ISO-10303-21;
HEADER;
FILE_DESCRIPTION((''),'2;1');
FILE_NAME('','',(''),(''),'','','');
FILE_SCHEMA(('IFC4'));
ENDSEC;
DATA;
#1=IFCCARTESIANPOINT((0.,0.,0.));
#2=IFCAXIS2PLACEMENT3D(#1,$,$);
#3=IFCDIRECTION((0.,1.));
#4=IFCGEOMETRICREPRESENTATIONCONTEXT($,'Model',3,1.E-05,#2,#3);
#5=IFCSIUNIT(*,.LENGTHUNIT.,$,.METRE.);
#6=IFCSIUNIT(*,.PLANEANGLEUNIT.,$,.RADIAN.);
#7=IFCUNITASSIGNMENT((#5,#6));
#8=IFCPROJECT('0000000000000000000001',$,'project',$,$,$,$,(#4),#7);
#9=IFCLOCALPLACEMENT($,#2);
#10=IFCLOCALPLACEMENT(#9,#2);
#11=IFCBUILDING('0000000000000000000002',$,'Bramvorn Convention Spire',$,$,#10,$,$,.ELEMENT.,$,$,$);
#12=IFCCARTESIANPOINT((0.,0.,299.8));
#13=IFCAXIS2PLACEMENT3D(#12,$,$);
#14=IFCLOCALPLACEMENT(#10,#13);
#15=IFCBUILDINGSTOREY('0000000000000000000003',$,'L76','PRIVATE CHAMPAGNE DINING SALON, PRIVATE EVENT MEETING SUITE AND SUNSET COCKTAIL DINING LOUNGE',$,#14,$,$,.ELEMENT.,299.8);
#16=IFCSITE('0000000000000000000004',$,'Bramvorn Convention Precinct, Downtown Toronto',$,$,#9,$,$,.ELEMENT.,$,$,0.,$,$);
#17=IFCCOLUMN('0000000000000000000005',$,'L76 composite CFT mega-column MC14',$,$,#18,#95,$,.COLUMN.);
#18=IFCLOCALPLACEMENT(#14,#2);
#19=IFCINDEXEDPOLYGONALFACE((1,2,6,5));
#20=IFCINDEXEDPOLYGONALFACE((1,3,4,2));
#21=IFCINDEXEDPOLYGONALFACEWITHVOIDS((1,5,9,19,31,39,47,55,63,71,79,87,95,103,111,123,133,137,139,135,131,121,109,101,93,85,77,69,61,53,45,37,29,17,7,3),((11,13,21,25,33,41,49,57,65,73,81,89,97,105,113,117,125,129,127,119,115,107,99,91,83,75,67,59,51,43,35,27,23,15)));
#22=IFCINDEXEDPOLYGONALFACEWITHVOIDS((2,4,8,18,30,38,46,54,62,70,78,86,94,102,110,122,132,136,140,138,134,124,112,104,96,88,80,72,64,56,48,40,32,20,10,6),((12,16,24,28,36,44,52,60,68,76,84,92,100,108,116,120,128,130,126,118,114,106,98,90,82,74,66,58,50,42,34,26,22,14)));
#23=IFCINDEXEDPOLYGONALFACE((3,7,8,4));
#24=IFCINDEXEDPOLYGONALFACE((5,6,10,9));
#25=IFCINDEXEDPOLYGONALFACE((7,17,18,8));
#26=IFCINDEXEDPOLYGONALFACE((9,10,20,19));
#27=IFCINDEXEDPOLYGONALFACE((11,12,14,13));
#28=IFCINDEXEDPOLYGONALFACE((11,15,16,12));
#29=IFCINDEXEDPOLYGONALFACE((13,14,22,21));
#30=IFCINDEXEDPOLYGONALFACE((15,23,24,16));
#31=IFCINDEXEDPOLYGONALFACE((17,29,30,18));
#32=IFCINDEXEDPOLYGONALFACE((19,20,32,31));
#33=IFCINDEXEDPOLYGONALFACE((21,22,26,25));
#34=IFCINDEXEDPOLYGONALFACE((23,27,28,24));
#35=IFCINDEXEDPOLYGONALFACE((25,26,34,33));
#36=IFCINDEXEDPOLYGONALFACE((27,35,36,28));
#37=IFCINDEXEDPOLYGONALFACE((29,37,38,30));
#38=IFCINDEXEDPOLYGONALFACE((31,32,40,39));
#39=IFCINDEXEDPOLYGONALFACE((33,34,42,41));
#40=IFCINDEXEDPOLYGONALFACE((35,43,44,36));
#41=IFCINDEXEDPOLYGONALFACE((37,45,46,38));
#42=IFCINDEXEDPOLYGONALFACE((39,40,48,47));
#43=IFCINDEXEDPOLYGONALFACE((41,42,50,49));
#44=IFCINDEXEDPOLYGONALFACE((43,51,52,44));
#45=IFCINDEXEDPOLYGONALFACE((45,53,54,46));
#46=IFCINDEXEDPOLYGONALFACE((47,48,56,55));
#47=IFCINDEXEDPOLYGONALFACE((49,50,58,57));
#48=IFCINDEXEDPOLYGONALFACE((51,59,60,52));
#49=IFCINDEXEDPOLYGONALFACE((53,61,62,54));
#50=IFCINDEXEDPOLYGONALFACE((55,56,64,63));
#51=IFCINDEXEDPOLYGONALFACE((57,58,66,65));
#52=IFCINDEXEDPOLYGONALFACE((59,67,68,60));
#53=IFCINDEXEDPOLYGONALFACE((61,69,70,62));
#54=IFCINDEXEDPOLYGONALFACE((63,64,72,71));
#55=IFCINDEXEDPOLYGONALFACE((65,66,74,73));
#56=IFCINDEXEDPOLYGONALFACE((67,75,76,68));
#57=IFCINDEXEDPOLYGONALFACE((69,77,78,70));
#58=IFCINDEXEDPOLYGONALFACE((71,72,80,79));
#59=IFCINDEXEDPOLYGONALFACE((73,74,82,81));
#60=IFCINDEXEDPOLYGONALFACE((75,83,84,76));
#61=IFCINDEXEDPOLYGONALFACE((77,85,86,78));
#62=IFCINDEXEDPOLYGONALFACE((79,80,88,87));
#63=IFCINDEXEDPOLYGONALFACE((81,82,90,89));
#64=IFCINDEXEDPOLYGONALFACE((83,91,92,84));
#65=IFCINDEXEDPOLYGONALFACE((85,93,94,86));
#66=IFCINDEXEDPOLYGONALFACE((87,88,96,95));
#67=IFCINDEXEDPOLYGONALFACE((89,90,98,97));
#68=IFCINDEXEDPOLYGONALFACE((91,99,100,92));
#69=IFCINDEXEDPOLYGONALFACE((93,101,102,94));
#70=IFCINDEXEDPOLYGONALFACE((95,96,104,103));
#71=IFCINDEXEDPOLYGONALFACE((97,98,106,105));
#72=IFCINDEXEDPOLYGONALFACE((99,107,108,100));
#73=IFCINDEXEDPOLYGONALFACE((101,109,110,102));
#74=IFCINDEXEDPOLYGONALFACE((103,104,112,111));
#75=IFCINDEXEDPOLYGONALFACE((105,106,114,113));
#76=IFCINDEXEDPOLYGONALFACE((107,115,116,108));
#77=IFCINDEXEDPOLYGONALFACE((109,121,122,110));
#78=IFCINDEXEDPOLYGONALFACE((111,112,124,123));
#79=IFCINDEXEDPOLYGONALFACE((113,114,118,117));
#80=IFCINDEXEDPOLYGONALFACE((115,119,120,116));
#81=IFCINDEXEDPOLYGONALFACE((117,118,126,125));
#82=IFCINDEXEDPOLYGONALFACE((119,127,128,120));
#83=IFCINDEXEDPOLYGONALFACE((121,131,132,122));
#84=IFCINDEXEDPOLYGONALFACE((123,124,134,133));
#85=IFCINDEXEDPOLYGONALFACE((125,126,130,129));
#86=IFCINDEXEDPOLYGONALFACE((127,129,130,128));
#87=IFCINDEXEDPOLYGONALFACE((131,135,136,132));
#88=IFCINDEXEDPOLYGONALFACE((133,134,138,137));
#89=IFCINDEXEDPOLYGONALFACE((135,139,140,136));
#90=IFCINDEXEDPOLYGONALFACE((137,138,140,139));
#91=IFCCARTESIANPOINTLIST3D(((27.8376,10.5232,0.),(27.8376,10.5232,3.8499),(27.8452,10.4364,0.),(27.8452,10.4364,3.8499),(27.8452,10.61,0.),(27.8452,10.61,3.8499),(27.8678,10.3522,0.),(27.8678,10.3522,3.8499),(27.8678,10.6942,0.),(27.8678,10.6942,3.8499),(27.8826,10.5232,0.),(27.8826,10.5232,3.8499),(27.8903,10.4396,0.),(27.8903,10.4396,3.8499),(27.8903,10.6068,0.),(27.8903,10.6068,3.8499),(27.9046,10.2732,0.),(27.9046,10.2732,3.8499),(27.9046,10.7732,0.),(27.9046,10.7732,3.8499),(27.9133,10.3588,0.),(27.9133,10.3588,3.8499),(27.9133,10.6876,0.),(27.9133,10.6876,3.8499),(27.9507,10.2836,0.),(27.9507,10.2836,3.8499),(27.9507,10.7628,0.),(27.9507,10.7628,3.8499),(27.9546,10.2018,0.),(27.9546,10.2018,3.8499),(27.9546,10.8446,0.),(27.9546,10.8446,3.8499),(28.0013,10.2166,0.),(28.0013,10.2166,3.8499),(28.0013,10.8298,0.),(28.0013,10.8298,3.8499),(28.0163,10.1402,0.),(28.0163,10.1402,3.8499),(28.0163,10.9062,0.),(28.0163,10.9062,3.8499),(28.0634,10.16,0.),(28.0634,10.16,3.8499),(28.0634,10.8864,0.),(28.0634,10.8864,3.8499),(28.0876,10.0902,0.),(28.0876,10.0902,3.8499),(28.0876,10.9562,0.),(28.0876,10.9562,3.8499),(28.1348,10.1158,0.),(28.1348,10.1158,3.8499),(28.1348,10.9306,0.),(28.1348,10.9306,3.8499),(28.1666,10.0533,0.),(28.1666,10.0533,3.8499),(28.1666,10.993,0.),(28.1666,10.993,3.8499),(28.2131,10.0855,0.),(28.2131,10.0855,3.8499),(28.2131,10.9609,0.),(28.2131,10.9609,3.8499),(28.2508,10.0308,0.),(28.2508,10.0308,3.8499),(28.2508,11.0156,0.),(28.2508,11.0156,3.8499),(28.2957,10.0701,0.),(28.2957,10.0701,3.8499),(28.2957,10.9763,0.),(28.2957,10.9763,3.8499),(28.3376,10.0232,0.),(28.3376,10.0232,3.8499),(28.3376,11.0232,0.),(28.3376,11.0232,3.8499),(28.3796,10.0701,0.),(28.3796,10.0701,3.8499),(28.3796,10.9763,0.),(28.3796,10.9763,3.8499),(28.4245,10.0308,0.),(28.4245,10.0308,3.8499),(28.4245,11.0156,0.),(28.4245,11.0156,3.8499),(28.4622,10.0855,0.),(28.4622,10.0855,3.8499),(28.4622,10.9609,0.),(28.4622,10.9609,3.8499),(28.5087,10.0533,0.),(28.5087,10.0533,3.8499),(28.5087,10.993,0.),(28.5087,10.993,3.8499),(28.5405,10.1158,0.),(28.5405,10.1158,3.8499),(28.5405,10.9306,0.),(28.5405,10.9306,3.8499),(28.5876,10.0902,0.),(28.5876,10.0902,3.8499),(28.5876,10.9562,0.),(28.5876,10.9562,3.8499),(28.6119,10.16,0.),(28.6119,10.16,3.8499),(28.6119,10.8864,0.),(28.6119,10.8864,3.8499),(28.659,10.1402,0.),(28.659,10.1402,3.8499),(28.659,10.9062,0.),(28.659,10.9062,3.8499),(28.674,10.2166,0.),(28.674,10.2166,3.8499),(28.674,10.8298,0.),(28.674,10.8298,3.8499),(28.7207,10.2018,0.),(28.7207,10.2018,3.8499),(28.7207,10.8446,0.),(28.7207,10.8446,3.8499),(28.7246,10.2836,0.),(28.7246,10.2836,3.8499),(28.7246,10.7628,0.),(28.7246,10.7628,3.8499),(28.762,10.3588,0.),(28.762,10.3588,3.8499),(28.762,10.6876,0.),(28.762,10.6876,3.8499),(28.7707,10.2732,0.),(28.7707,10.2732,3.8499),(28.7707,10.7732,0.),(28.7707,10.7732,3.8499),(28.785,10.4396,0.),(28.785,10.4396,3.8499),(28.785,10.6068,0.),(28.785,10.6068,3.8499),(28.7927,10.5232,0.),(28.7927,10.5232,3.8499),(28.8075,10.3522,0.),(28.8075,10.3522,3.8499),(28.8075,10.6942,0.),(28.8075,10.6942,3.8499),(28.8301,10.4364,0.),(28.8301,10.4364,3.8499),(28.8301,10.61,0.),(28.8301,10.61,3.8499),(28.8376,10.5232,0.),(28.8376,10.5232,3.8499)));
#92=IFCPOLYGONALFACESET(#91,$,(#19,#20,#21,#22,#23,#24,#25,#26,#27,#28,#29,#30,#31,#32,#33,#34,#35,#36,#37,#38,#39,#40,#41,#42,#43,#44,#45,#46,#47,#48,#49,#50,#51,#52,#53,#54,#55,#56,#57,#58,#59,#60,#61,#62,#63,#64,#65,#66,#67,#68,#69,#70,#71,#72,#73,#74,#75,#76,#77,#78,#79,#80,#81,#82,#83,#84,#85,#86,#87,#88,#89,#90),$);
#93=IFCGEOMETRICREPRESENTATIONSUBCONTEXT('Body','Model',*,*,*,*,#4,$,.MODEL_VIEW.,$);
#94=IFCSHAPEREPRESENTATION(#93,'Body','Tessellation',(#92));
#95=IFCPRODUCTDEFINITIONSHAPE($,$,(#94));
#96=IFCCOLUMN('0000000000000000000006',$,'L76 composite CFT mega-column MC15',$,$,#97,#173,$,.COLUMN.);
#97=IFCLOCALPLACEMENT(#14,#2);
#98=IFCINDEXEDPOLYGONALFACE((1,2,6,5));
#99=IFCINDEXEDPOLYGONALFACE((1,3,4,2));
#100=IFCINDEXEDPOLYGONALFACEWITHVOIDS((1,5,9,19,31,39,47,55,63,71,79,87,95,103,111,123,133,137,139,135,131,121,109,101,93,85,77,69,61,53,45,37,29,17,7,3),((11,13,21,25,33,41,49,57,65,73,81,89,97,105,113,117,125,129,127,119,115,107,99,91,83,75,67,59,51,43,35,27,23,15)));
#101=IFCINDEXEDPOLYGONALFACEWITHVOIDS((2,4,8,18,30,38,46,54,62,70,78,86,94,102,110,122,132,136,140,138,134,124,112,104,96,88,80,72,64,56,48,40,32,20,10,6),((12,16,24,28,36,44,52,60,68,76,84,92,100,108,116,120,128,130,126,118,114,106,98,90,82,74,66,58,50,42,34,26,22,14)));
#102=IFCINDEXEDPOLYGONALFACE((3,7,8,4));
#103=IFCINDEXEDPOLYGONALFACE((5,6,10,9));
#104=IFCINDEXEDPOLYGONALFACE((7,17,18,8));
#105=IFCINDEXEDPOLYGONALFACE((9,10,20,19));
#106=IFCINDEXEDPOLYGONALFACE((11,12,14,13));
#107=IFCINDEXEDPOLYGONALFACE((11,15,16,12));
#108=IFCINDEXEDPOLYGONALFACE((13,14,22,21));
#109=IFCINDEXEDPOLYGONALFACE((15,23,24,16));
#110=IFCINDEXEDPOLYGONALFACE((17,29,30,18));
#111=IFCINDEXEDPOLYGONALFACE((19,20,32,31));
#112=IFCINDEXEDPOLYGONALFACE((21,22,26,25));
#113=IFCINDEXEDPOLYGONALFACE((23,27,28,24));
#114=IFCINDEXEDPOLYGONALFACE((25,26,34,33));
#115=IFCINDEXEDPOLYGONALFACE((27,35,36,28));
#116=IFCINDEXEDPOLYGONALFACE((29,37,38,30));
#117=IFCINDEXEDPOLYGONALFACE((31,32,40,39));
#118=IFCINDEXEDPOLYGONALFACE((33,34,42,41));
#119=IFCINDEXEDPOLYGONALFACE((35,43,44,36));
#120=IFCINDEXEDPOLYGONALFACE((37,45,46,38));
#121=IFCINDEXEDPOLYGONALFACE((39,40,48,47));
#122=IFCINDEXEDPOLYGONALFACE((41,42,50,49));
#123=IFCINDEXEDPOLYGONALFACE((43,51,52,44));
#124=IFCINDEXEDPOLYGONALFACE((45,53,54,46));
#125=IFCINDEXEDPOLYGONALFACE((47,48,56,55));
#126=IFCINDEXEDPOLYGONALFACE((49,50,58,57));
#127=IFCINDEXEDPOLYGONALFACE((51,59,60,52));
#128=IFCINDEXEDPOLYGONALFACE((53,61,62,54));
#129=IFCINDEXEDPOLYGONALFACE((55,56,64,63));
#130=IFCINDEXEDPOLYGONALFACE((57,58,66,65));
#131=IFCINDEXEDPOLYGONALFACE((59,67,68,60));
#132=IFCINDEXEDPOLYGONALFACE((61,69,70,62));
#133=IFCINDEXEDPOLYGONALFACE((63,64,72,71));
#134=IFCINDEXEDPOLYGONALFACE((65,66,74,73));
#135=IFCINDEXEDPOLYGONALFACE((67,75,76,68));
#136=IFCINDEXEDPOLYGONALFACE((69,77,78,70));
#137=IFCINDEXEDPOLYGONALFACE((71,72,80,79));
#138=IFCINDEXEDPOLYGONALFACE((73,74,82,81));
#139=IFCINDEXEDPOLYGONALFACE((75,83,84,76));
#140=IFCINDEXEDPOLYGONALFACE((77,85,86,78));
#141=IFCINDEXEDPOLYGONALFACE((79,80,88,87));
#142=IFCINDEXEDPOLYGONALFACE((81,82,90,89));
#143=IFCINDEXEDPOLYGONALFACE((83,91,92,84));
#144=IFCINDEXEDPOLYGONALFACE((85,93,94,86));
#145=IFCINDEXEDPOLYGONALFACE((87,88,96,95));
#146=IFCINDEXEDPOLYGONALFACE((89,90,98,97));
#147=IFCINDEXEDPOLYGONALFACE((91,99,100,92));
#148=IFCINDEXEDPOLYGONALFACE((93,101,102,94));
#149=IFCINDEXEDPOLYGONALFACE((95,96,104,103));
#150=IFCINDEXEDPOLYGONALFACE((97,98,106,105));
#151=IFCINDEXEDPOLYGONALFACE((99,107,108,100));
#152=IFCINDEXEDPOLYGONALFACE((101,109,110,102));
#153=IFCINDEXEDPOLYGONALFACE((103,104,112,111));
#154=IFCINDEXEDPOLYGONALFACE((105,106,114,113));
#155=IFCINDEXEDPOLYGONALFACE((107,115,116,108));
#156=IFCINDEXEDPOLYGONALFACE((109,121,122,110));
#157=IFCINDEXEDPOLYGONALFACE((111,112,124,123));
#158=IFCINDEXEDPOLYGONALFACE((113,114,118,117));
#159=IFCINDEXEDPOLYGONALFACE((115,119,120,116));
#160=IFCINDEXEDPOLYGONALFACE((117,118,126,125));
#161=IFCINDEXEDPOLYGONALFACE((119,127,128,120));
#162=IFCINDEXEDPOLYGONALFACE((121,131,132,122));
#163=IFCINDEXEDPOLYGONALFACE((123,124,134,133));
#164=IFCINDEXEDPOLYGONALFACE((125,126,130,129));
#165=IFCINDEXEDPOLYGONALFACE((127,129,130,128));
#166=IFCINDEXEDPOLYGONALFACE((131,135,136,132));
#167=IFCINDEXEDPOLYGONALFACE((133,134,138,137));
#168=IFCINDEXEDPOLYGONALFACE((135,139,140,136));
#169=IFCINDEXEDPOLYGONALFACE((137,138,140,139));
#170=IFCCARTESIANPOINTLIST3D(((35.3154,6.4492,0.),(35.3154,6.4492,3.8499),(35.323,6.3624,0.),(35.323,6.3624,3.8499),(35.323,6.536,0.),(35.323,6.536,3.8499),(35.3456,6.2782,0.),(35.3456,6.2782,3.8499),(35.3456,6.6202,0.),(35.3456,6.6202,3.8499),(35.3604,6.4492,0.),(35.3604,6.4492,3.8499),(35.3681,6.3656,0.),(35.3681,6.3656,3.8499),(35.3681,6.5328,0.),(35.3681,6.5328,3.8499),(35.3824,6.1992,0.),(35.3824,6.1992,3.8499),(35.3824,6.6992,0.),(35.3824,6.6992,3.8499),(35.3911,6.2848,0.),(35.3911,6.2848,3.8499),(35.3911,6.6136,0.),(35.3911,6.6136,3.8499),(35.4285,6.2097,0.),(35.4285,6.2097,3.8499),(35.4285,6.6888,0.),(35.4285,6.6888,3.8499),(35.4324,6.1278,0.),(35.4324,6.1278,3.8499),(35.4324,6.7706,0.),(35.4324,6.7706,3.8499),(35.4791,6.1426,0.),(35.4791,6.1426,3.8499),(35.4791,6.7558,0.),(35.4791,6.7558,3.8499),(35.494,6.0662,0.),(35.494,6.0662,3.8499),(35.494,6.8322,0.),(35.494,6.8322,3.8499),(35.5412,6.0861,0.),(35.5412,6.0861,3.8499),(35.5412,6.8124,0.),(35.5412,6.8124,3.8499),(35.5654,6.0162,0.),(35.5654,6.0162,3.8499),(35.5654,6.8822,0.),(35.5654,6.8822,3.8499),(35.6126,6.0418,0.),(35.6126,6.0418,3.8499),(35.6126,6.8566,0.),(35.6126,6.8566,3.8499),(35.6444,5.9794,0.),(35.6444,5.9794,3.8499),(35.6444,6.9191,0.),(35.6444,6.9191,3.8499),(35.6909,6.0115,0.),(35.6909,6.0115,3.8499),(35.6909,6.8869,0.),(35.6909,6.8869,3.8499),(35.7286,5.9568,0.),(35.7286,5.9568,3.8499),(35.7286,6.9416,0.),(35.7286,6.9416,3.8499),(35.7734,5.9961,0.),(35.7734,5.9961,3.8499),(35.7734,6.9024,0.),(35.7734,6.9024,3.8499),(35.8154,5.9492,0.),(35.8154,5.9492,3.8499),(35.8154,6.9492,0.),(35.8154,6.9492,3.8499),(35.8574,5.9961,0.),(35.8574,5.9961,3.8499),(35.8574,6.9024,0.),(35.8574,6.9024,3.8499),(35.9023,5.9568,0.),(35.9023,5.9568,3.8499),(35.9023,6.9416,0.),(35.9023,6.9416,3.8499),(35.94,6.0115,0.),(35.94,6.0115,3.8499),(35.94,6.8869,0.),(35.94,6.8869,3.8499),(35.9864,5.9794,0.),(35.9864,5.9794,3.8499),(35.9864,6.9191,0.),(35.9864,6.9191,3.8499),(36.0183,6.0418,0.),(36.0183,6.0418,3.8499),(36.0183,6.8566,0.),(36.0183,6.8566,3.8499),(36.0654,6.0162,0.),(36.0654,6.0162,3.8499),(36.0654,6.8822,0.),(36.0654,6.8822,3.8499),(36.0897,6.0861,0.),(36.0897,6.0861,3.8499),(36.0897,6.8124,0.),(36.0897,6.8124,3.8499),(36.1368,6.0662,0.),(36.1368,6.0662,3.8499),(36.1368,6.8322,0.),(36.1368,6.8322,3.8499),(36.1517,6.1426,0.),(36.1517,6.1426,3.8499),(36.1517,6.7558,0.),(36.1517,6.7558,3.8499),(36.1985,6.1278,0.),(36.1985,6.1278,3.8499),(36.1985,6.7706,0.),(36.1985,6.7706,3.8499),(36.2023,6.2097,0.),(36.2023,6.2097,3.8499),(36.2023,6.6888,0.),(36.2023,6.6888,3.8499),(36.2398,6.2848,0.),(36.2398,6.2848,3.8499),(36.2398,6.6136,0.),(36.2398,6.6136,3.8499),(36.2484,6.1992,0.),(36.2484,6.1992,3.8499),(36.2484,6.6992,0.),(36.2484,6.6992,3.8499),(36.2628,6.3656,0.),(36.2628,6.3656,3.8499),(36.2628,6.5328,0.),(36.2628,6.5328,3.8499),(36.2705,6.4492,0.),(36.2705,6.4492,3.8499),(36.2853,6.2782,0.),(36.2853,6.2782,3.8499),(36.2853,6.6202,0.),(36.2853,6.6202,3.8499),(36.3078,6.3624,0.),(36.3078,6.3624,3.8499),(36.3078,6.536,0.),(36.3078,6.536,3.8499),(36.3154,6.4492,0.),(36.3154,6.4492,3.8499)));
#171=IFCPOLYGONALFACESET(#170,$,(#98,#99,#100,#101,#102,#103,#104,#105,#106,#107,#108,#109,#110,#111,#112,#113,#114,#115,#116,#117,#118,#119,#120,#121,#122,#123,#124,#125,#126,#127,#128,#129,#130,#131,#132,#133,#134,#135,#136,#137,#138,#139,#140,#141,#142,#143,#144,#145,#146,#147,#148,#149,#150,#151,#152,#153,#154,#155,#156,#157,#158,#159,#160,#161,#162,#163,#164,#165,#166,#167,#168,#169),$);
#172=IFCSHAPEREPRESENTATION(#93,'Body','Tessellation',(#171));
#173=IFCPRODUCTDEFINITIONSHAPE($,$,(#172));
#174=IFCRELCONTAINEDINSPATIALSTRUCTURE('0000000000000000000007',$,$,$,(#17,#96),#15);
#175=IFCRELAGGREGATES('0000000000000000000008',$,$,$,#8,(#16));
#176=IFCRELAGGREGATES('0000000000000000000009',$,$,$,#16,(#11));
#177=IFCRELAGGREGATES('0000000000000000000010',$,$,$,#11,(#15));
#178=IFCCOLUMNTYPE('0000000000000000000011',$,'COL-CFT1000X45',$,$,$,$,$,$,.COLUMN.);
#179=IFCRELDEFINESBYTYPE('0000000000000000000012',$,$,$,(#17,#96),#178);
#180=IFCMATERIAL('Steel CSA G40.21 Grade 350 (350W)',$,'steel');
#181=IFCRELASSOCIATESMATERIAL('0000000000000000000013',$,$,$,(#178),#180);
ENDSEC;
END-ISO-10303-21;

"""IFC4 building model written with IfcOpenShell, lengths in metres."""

from ifc_helpers import new_model, si_unit, direction, frame, origin, origin_2d, place, context, subcontext, project, spatial, hollow_circle, extrude, material, material_profile, profile_set, type_object, element, save


model = new_model("IFC4")

# Units and contexts
model_context = context("Model", 3, precision=1e-05, world=origin(), true_north=direction((0.0, 1.0)))
body_context = subcontext(model_context, "Body", "Model", "MODEL_VIEW")
ifc_project = project(units=[si_unit("LENGTHUNIT", "METRE"), si_unit("PLANEANGLEUNIT", "RADIAN")], contexts=[model_context])

# Site, building, storey
site_placement = place(None, origin())
site = spatial("IfcSite", under=ifc_project, at=site_placement, Name="Bramvorn Convention Precinct, Downtown Toronto", CompositionType="ELEMENT", RefElevation=0.0)
building_placement = place(site_placement, origin())
building = spatial("IfcBuilding", under=site, at=building_placement, Name="Bramvorn Convention Spire", CompositionType="ELEMENT")
storey_placement = place(building_placement, frame((0.0, 0.0, 299.8)))
storey = spatial("IfcBuildingStorey", under=building, at=storey_placement, Name="L76", Description="PRIVATE CHAMPAGNE DINING SALON, PRIVATE EVENT MEETING SUITE AND SUNSET COCKTAIL DINING LOUNGE", CompositionType="ELEMENT", Elevation=299.8)

# Columns
ifc_material_1 = material(Name="Steel CSA G40.21 Grade 350 (350W)", Category="steel")
ifc_material_profile_1 = material_profile(ifc_material_1, hollow_circle(Radius=0.5, WallThickness=0.0449, at=origin_2d()))
ifc_profile_set_1 = profile_set([ifc_material_profile_1], Name="Steel CSA G40.21 Grade 350 (350W) - CFT1000X45")
column_type = type_object("IfcColumnType", Name="COL-CFT1000X45", PredefinedType="COLUMN", material=ifc_profile_set_1)
for number, where, z_axis, x_axis, name in (
    (1, (28.3376, 10.5232, 0.0), (0.0, 0.0, 1.0), (1.0, 0.0, 0.0), "L76 composite CFT mega-column MC14"),
    (2, (35.8154, 6.4492, 0.0), (0.0, 0.0, 1.0), (1.0, 0.0, 0.0), "L76 composite CFT mega-column MC15"),
):
    element("IfcColumn", number, at=place(storey_placement, frame(where, z_axis=z_axis, x_axis=x_axis)), inside=storey, type_object=column_type, Name=name, PredefinedType="COLUMN", context=body_context, shape_type="SweptSolid", body=[
        extrude(hollow_circle(Radius=0.5, WallThickness=0.0449, at=origin_2d()), origin(), (0.0, 0.0, 1.0), 3.8499),
    ])

save(model, "model.ifc")
